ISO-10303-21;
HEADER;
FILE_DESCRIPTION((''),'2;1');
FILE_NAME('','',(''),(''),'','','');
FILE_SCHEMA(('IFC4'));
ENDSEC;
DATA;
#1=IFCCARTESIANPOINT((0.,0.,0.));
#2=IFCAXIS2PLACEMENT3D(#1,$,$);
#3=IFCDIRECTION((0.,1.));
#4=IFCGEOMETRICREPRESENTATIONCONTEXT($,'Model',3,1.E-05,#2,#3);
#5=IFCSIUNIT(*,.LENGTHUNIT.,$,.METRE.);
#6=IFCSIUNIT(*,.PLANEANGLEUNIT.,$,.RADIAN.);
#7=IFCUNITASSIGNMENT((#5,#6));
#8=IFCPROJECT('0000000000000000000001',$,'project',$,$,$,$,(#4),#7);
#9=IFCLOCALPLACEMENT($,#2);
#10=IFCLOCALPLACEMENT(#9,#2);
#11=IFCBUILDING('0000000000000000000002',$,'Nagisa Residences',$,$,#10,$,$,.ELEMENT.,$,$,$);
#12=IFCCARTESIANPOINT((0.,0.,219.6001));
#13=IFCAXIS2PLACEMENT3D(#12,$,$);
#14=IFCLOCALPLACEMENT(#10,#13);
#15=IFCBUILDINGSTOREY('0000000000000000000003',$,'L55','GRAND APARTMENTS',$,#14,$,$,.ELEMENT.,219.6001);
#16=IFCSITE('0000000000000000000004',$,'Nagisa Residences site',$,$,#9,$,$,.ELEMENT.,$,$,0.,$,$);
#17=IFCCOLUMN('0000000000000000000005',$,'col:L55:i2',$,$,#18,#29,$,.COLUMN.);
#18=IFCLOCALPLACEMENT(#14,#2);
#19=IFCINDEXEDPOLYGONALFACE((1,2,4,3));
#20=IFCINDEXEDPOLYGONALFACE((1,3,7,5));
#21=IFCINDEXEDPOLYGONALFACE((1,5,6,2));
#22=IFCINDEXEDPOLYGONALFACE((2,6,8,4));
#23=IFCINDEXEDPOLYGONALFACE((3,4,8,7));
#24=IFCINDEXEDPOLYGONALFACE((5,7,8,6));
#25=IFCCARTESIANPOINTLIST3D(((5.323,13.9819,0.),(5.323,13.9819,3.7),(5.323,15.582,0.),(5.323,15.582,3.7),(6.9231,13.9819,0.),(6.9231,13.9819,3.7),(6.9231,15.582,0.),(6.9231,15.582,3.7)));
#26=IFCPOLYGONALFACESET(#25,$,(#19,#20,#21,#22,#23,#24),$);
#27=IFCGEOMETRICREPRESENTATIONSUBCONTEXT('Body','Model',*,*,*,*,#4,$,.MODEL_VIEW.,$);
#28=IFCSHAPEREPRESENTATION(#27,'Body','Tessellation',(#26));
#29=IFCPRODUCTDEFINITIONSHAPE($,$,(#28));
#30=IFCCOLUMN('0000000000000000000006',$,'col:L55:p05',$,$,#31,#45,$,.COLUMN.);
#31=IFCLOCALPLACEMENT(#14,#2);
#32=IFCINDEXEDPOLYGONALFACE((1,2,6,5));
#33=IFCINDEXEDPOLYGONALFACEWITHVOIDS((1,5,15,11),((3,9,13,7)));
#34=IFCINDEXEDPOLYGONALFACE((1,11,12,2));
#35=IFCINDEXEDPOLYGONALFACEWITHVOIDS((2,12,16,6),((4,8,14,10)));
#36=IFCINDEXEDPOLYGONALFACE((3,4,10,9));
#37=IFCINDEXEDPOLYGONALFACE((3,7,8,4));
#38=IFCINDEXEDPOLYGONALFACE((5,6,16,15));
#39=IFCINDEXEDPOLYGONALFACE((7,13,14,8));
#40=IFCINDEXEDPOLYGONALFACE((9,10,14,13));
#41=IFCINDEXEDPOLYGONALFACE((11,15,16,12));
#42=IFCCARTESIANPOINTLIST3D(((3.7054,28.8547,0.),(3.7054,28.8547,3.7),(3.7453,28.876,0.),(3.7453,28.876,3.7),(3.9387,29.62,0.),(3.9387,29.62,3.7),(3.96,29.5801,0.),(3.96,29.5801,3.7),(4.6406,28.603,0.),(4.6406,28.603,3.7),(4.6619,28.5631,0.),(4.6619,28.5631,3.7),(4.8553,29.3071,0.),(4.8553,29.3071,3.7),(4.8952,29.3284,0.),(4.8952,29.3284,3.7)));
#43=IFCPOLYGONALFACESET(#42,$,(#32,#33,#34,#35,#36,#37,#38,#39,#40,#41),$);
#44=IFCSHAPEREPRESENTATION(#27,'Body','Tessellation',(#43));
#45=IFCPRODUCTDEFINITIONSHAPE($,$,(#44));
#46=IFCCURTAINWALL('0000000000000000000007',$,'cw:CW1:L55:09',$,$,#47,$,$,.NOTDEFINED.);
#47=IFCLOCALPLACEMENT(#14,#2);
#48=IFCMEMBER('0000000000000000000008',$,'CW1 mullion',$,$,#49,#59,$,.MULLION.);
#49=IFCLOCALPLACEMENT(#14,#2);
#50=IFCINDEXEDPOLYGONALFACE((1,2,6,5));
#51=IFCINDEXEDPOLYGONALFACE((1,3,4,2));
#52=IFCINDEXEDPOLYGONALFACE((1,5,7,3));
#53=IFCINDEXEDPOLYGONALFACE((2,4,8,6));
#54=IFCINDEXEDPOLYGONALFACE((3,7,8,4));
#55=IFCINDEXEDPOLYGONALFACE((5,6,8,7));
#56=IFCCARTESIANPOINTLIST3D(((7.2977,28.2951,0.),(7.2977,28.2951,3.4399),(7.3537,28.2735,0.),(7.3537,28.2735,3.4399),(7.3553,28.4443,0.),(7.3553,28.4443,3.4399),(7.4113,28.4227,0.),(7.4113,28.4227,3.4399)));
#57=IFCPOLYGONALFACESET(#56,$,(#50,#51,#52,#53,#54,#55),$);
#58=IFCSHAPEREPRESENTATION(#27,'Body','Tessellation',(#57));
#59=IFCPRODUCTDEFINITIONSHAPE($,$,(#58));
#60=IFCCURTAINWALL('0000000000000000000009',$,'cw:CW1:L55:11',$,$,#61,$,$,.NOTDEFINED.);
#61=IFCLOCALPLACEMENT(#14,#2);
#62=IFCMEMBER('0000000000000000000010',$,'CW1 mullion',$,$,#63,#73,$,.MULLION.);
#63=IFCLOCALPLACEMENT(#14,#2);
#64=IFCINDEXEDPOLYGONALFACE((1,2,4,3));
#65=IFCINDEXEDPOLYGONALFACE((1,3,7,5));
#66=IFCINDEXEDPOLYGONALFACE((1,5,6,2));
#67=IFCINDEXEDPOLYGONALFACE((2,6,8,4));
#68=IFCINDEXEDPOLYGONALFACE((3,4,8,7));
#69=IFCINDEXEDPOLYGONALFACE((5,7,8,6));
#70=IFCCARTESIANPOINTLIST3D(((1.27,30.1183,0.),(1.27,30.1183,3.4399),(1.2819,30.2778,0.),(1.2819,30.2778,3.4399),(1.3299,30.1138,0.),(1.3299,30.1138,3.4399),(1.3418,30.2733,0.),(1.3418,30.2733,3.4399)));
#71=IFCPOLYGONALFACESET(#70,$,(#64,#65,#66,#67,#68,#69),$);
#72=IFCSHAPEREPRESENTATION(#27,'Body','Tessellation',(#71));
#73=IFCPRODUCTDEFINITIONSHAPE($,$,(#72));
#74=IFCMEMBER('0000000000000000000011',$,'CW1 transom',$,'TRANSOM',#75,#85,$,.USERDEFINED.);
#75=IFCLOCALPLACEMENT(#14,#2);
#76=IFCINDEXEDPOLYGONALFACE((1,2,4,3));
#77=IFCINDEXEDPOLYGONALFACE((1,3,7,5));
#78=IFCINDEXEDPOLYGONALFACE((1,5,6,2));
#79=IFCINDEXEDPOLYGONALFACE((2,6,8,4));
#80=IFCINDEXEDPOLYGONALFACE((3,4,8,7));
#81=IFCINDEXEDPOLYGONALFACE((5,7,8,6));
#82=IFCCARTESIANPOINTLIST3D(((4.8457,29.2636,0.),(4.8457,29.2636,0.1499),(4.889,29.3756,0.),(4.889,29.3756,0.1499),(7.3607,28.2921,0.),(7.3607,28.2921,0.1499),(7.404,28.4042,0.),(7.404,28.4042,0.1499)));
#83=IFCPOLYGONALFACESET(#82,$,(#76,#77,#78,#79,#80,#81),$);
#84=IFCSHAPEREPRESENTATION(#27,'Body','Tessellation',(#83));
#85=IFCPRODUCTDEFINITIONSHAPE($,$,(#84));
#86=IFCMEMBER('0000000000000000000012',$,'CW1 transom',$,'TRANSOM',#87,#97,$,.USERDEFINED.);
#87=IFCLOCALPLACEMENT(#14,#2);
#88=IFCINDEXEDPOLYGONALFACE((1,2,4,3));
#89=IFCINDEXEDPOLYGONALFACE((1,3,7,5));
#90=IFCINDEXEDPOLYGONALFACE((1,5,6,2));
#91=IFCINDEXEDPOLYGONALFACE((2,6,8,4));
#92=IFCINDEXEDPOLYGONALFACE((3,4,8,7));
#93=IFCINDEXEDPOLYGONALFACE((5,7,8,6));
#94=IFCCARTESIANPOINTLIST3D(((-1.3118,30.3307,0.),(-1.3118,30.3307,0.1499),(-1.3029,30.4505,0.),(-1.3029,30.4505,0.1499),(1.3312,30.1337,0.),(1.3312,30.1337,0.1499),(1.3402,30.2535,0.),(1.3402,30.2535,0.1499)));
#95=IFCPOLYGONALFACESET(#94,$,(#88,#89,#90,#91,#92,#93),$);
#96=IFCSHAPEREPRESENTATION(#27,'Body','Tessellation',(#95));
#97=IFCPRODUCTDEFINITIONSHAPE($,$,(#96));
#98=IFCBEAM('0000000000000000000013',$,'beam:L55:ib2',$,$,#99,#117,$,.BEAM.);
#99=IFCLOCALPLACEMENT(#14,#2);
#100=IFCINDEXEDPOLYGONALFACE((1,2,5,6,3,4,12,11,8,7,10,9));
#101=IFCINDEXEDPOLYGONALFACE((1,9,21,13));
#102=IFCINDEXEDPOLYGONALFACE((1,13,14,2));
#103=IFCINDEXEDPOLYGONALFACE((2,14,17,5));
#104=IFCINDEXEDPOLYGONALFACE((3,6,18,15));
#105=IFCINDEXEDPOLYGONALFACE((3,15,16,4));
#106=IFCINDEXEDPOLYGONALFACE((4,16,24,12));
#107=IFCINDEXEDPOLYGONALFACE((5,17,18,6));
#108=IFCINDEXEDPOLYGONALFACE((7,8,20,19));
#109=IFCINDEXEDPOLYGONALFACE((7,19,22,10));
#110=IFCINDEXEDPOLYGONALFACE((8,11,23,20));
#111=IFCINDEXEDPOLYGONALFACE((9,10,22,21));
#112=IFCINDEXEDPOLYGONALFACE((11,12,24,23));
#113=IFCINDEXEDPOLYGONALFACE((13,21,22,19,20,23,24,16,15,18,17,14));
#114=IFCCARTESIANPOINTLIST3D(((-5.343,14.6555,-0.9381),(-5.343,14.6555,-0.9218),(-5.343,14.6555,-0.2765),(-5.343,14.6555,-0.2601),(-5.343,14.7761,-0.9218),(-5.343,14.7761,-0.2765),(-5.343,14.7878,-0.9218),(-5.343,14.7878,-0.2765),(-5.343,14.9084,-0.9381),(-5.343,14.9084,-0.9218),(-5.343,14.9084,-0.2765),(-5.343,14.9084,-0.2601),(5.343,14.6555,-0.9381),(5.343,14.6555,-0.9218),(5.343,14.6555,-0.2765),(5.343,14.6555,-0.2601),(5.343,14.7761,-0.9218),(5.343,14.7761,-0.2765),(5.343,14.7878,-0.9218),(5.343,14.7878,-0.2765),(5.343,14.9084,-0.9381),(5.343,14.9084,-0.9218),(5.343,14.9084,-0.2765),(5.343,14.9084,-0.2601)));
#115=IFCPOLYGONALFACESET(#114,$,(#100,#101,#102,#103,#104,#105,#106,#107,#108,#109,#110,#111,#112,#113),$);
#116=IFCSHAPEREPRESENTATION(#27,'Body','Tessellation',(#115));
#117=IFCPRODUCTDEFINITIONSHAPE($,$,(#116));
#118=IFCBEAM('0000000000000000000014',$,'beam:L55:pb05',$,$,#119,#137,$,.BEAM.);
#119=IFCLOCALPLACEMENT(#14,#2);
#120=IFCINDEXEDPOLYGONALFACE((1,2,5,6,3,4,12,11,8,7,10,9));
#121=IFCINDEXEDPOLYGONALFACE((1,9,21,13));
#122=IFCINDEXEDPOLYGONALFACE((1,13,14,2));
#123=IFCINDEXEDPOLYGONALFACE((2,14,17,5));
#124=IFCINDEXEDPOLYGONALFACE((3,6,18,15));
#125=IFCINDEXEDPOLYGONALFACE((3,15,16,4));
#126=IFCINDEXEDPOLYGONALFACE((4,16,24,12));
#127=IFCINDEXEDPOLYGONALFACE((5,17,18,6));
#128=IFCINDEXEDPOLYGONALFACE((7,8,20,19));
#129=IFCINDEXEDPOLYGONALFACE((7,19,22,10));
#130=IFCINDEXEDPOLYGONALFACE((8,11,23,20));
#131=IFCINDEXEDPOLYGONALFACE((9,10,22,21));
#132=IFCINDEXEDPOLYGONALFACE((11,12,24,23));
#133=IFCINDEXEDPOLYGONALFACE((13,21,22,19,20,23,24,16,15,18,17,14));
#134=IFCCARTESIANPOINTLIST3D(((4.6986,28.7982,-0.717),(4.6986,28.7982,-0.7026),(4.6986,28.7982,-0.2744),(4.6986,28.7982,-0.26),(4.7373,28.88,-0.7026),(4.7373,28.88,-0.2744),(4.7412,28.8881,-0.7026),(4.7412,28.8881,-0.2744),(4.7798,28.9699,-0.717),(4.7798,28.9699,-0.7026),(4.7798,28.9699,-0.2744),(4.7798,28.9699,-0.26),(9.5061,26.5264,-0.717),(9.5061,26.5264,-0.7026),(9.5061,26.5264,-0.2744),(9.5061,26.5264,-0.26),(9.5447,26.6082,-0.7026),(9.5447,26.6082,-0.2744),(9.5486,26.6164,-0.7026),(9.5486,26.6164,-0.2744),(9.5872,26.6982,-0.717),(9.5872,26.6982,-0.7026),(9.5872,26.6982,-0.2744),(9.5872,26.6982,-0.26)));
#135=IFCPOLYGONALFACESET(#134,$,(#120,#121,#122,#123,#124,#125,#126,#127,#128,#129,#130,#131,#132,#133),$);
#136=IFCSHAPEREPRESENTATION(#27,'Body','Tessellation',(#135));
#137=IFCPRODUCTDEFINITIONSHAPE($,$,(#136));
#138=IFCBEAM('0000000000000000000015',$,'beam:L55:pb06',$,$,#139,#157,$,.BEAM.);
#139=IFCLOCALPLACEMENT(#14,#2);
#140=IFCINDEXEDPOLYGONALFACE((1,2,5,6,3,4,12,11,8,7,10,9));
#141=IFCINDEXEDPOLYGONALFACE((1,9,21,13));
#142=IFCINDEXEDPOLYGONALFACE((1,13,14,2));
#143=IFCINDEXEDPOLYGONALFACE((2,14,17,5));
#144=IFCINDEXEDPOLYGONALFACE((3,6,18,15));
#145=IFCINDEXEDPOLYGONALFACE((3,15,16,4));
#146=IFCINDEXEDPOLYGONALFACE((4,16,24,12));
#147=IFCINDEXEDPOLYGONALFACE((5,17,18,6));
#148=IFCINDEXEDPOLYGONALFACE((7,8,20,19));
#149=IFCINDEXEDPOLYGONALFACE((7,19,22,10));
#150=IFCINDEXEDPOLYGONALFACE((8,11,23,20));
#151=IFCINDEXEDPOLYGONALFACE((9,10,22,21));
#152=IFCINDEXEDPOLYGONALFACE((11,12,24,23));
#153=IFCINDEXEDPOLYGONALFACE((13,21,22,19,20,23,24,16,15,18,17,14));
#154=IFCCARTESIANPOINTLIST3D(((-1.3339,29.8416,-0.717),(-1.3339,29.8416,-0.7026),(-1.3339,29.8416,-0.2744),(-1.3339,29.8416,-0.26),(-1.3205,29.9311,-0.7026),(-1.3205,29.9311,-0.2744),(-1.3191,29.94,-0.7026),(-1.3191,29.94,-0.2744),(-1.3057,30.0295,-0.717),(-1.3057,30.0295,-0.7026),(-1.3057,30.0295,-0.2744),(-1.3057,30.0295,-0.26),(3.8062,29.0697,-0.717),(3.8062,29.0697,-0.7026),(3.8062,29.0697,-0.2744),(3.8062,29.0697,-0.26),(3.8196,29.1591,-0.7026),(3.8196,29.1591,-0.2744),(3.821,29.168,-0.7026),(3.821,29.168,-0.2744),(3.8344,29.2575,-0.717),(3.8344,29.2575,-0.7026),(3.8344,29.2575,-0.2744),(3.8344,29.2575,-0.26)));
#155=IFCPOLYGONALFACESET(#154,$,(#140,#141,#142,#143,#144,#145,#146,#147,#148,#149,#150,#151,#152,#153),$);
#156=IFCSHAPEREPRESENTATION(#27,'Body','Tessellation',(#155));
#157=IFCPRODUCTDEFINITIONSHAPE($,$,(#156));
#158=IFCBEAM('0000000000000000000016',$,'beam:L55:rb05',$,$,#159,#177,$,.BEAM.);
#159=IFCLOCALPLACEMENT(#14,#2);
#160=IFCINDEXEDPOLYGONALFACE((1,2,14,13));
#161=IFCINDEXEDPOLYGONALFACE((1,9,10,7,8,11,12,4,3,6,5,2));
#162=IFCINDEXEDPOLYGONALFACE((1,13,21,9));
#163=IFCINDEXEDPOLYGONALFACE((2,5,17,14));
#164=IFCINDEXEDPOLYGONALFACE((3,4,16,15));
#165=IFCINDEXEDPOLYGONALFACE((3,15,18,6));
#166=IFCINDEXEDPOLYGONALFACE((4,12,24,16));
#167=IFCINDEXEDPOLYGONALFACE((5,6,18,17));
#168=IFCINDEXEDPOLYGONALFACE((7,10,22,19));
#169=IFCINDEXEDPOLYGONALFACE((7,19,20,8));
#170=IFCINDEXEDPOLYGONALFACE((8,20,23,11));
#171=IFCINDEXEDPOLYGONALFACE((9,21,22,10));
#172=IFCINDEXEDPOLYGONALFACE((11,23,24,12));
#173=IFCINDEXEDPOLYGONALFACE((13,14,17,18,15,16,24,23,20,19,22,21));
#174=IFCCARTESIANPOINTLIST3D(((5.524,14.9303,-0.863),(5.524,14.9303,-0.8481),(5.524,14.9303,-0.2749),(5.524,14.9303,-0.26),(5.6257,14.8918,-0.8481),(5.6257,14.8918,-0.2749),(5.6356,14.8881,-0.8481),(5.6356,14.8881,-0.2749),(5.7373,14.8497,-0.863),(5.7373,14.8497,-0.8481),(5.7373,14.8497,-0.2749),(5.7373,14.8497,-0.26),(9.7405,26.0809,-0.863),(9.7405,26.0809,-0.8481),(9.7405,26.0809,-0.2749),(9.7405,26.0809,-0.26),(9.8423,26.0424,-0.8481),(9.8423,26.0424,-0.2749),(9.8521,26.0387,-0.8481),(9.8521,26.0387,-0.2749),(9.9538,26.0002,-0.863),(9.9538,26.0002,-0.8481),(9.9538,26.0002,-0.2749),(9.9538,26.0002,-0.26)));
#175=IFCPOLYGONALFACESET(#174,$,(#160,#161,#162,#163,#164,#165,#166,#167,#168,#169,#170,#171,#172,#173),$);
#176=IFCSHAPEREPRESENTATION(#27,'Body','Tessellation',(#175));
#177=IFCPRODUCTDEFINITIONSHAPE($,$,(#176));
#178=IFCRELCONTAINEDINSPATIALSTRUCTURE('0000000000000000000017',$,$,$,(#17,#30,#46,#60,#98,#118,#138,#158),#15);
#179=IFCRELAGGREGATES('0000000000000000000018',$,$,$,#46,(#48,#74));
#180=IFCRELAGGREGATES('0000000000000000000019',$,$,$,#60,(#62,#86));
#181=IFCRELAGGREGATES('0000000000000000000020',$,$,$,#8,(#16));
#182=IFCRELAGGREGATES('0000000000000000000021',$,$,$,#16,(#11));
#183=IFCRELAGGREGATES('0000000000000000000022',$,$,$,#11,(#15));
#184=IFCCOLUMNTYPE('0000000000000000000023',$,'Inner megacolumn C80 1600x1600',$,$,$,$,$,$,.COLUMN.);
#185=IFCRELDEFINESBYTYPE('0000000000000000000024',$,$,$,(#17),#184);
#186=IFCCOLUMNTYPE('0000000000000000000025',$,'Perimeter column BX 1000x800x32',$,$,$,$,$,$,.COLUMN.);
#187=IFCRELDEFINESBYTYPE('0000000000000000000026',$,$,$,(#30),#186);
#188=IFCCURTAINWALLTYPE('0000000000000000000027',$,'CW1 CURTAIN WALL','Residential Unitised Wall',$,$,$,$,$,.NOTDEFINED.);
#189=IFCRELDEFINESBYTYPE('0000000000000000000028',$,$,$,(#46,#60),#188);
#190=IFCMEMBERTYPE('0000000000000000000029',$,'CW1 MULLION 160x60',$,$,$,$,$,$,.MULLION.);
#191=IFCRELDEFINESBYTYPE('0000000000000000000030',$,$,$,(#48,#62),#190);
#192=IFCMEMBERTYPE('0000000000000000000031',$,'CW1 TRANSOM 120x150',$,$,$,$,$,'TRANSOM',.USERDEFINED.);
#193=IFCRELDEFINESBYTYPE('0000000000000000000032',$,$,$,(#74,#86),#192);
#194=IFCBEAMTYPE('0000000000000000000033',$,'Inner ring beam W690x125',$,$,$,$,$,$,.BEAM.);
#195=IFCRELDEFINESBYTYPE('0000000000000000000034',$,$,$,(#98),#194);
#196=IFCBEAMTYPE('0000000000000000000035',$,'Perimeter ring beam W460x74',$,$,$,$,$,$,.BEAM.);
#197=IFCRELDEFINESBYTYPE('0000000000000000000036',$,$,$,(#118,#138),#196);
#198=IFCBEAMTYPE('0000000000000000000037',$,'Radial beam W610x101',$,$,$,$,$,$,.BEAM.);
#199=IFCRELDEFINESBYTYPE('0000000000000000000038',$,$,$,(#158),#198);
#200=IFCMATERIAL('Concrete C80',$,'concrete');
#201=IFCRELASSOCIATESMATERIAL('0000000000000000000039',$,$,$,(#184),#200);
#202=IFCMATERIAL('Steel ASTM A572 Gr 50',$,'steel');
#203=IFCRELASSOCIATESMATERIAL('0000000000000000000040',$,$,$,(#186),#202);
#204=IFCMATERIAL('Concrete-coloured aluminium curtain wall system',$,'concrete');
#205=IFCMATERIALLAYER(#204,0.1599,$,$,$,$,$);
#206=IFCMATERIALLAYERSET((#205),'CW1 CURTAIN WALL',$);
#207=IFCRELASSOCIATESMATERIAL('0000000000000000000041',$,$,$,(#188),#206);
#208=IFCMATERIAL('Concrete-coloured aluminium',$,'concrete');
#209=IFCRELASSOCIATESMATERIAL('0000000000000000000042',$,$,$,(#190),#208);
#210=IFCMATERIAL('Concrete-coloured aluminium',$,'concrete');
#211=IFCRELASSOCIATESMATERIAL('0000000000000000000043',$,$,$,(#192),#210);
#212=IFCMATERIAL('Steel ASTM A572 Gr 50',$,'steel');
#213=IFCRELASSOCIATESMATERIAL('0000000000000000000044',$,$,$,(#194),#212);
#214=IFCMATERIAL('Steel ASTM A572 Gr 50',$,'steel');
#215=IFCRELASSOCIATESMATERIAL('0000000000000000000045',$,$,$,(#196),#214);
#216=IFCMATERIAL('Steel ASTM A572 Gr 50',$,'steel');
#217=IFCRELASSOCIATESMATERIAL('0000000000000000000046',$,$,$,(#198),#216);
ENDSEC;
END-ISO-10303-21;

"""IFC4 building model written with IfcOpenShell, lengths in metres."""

from ifc_helpers import new_model, si_unit, direction, frame, origin, origin_2d, place, context, subcontext, project, spatial, rectangle, hollow_rectangle, i_section, extrude, material, layer, layer_set, material_profile, profile_set, type_object, element, aggregate, save


model = new_model("IFC4")

# Units and contexts
model_context = context("Model", 3, precision=1e-05, world=origin(), true_north=direction((0.0, 1.0)))
body_context = subcontext(model_context, "Body", "Model", "MODEL_VIEW")
ifc_project = project(units=[si_unit("LENGTHUNIT", "METRE"), si_unit("PLANEANGLEUNIT", "RADIAN")], contexts=[model_context])

# Site, building, storey
site_placement = place(None, origin())
site = spatial("IfcSite", under=ifc_project, at=site_placement, Name="Nagisa Residences site", CompositionType="ELEMENT", RefElevation=0.0)
building_placement = place(site_placement, origin())
building = spatial("IfcBuilding", under=site, at=building_placement, Name="Nagisa Residences", CompositionType="ELEMENT")
storey_placement = place(building_placement, frame((0.0, 0.0, 219.6001)))
storey = spatial("IfcBuildingStorey", under=building, at=storey_placement, Name="L55", Description="GRAND APARTMENTS", CompositionType="ELEMENT", Elevation=219.6001)

# Columns
ifc_material_1 = material(Name="Concrete C80", Category="concrete")
ifc_material_profile_1 = material_profile(ifc_material_1, rectangle(XDim=1.6001, YDim=1.6001, at=origin_2d()), Name="C80 1600x1600")
ifc_profile_set_1 = profile_set([ifc_material_profile_1], Name="Concrete C80")
column_type_1 = type_object("IfcColumnType", Name="Inner megacolumn C80 1600x1600", PredefinedType="COLUMN", material=ifc_profile_set_1)
column_1_placement = place(storey_placement, frame((6.123, 14.782, 0.0), z_axis=(0.0, 0.0, 1.0), x_axis=(1.0, 0.0, 0.0)))
element("IfcColumn", 1, at=column_1_placement, inside=storey, type_object=column_type_1, Name="col:L55:i2", PredefinedType="COLUMN", context=body_context, shape_type="SweptSolid", body=[
    extrude(rectangle(XDim=1.6001, YDim=1.6001, at=origin_2d()), origin(), (0.0, 0.0, 1.0), 3.7),
])
ifc_material_2 = material(Name="Steel ASTM A572 Gr 50", Category="steel")
ifc_material_profile_2 = material_profile(ifc_material_2, hollow_rectangle(XDim=1.0, YDim=0.8, WallThickness=0.032, at=origin_2d()), Name="BX 1000x800x32")
ifc_profile_set_2 = profile_set([ifc_material_profile_2], Name="Steel ASTM A572 Gr 50")
column_type_2 = type_object("IfcColumnType", Name="Perimeter column BX 1000x800x32", PredefinedType="COLUMN", material=ifc_profile_set_2)
column_2_placement = place(storey_placement, frame((4.3003, 29.0916, 0.0), z_axis=(0.0, 0.0, 1.0), x_axis=(-0.956525, 0.291652, 0.0)))
element("IfcColumn", 2, at=column_2_placement, inside=storey, type_object=column_type_2, Name="col:L55:p05", PredefinedType="COLUMN", context=body_context, shape_type="SweptSolid", body=[
    extrude(hollow_rectangle(XDim=1.0, YDim=0.8, WallThickness=0.032, at=origin_2d()), origin(), (0.0, 0.0, 1.0), 3.7),
])

# Curtain walls, members
ifc_material_3 = material(Name="Concrete-coloured aluminium curtain wall system", Category="concrete")
ifc_layer_1 = layer(ifc_material_3, 0.1599)
ifc_layer_set_1 = layer_set([ifc_layer_1], Name="CW1 CURTAIN WALL")
curtain_wall_type = type_object("IfcCurtainWallType", Name="CW1 CURTAIN WALL", Description="Residential Unitised Wall", PredefinedType="NOTDEFINED", material=ifc_layer_set_1)
curtain_wall_1_placement = place(storey_placement, origin())
curtain_wall_1 = element("IfcCurtainWall", 3, at=curtain_wall_1_placement, inside=storey, type_object=curtain_wall_type, Name="cw:CW1:L55:09", PredefinedType="NOTDEFINED")
ifc_material_4 = material(Name="Concrete-coloured aluminium", Category="concrete")
ifc_material_profile_3 = material_profile(ifc_material_4, rectangle(XDim=0.1599, YDim=0.0601, at=origin_2d()), Name="CW1 MULLION 160x60")
ifc_profile_set_3 = profile_set([ifc_material_profile_3], Name="Concrete-coloured aluminium")
member_type_1 = type_object("IfcMemberType", Name="CW1 MULLION 160x60", PredefinedType="MULLION", material=ifc_profile_set_3)
member_1_placement = place(storey_placement, frame((7.3545, 28.3589, 0.0), z_axis=(0.0, 0.0, 1.0), x_axis=(-0.360328, -0.932826, 0.0)))
member_1 = element("IfcMember", 4, at=member_1_placement, type_object=member_type_1, Name="CW1 mullion", PredefinedType="MULLION", context=body_context, shape_type="SweptSolid", body=[
    extrude(rectangle(XDim=0.1599, YDim=0.0601, at=origin_2d()), origin(), (0.0, 0.0, 1.0), 3.4399),
])
curtain_wall_2_placement = place(storey_placement, origin())
curtain_wall_2 = element("IfcCurtainWall", 5, at=curtain_wall_2_placement, inside=storey, type_object=curtain_wall_type, Name="cw:CW1:L55:11", PredefinedType="NOTDEFINED")
member_2_placement = place(storey_placement, frame((1.3059, 30.1958, 0.0), z_axis=(0.0, 0.0, 1.0), x_axis=(-0.074377, -0.99723, 0.0)))
member_2 = element("IfcMember", 6, at=member_2_placement, type_object=member_type_1, Name="CW1 mullion", PredefinedType="MULLION", context=body_context, shape_type="SweptSolid", body=[
    extrude(rectangle(XDim=0.1599, YDim=0.0601, at=origin_2d()), origin(), (0.0, 0.0, 1.0), 3.4399),
])

# Members
ifc_material_5 = material(Name="Concrete-coloured aluminium", Category="concrete")
ifc_material_profile_4 = material_profile(ifc_material_5, rectangle(XDim=0.1201, YDim=0.1499, at=origin_2d()), Name="CW1 TRANSOM 120x150")
ifc_profile_set_4 = profile_set([ifc_material_profile_4], Name="Concrete-coloured aluminium")
member_type_2 = type_object("IfcMemberType", Name="CW1 TRANSOM 120x150", ElementType="TRANSOM", PredefinedType="USERDEFINED", material=ifc_profile_set_4)
member_3_placement = place(storey_placement, frame((7.3823, 28.3481, 0.075), z_axis=(-0.932826, 0.360326, 0.0), x_axis=(-0.360326, -0.932826, 0.0)))
member_3 = element("IfcMember", 7, at=member_3_placement, type_object=member_type_2, Name="CW1 transom", ObjectType="TRANSOM", PredefinedType="USERDEFINED", context=body_context, shape_type="SweptSolid", body=[
    extrude(rectangle(XDim=0.1201, YDim=0.1499, at=origin_2d()), origin(), (0.0, 0.0, 1.0), 2.696),
])
member_4_placement = place(storey_placement, frame((1.3357, 30.1936, 0.075), z_axis=(-0.997233, 0.074337, 0.0), x_axis=(-0.074337, -0.997233, 0.0)))
member_4 = element("IfcMember", 8, at=member_4_placement, type_object=member_type_2, Name="CW1 transom", ObjectType="TRANSOM", PredefinedType="USERDEFINED", context=body_context, shape_type="SweptSolid", body=[
    extrude(rectangle(XDim=0.1201, YDim=0.1499, at=origin_2d()), origin(), (0.0, 0.0, 1.0), 2.6504),
])

# Beams
ifc_material_6 = material(Name="Steel ASTM A572 Gr 50", Category="steel")
ifc_material_profile_5 = material_profile(ifc_material_6, i_section(OverallWidth=0.2529, OverallDepth=0.678, WebThickness=0.0117, FlangeThickness=0.0164, at=origin_2d()), Name="W690x125")
ifc_profile_set_5 = profile_set([ifc_material_profile_5], Name="Steel ASTM A572 Gr 50")
beam_type_1 = type_object("IfcBeamType", Name="Inner ring beam W690x125", PredefinedType="BEAM", material=ifc_profile_set_5)
beam_1_placement = place(storey_placement, frame((5.343, 14.782, -0.5991), z_axis=(-1.0, 0.0, 0.0), x_axis=(0.0, -1.0, 0.0)))
element("IfcBeam", 9, at=beam_1_placement, inside=storey, type_object=beam_type_1, Name="beam:L55:ib2", PredefinedType="BEAM", context=body_context, shape_type="SweptSolid", body=[
    extrude(i_section(OverallWidth=0.2529, OverallDepth=0.678, WebThickness=0.0117, FlangeThickness=0.0164, at=origin_2d()), origin(), (0.0, 0.0, 1.0), 10.686),
])
ifc_material_7 = material(Name="Steel ASTM A572 Gr 50", Category="steel")
ifc_material_profile_6 = material_profile(ifc_material_7, i_section(OverallWidth=0.1899, OverallDepth=0.457, WebThickness=0.009, FlangeThickness=0.0144, at=origin_2d()), Name="W460x74")
ifc_profile_set_6 = profile_set([ifc_material_profile_6], Name="Steel ASTM A572 Gr 50")
beam_type_2 = type_object("IfcBeamType", Name="Perimeter ring beam W460x74", PredefinedType="BEAM", material=ifc_profile_set_6)
beam_2_placement = place(storey_placement, frame((9.5466, 26.6123, -0.4885), z_axis=(-0.904134, 0.427249, 0.0), x_axis=(-0.427249, -0.904134, 0.0)))
element("IfcBeam", 10, at=beam_2_placement, inside=storey, type_object=beam_type_2, Name="beam:L55:pb05", PredefinedType="BEAM", context=body_context, shape_type="SweptSolid", body=[
    extrude(i_section(OverallWidth=0.1899, OverallDepth=0.457, WebThickness=0.009, FlangeThickness=0.0144, at=origin_2d()), origin(), (0.0, 0.0, 1.0), 5.3171),
])
beam_3_placement = place(storey_placement, frame((3.8203, 29.1636, -0.4885), z_axis=(-0.988909, 0.14852, 0.0), x_axis=(-0.14852, -0.988909, 0.0)))
element("IfcBeam", 11, at=beam_3_placement, inside=storey, type_object=beam_type_2, Name="beam:L55:pb06", PredefinedType="BEAM", context=body_context, shape_type="SweptSolid", body=[
    extrude(i_section(OverallWidth=0.1899, OverallDepth=0.457, WebThickness=0.009, FlangeThickness=0.0144, at=origin_2d()), origin(), (0.0, 0.0, 1.0), 5.1978),
])
ifc_material_8 = material(Name="Steel ASTM A572 Gr 50", Category="steel")
ifc_material_profile_7 = material_profile(ifc_material_8, i_section(OverallWidth=0.228, OverallDepth=0.603, WebThickness=0.0105, FlangeThickness=0.0149, at=origin_2d()), Name="W610x101")
ifc_profile_set_7 = profile_set([ifc_material_profile_7], Name="Steel ASTM A572 Gr 50")
beam_type_3 = type_object("IfcBeamType", Name="Radial beam W610x101", PredefinedType="BEAM", material=ifc_profile_set_7)
beam_4_placement = place(storey_placement, frame((9.8472, 26.0405, -0.5615), z_axis=(-0.353701, -0.935359, 0.0), x_axis=(0.935359, -0.353701, 0.0)))
element("IfcBeam", 12, at=beam_4_placement, inside=storey, type_object=beam_type_3, Name="beam:L55:rb05", PredefinedType="BEAM", context=body_context, shape_type="SweptSolid", body=[
    extrude(i_section(OverallWidth=0.228, OverallDepth=0.603, WebThickness=0.0105, FlangeThickness=0.0149, at=origin_2d()), origin(), (0.0, 0.0, 1.0), 11.9211),
])

aggregate(curtain_wall_1, [member_1, member_3])
aggregate(curtain_wall_2, [member_2, member_4])

save(model, "model.ifc")
